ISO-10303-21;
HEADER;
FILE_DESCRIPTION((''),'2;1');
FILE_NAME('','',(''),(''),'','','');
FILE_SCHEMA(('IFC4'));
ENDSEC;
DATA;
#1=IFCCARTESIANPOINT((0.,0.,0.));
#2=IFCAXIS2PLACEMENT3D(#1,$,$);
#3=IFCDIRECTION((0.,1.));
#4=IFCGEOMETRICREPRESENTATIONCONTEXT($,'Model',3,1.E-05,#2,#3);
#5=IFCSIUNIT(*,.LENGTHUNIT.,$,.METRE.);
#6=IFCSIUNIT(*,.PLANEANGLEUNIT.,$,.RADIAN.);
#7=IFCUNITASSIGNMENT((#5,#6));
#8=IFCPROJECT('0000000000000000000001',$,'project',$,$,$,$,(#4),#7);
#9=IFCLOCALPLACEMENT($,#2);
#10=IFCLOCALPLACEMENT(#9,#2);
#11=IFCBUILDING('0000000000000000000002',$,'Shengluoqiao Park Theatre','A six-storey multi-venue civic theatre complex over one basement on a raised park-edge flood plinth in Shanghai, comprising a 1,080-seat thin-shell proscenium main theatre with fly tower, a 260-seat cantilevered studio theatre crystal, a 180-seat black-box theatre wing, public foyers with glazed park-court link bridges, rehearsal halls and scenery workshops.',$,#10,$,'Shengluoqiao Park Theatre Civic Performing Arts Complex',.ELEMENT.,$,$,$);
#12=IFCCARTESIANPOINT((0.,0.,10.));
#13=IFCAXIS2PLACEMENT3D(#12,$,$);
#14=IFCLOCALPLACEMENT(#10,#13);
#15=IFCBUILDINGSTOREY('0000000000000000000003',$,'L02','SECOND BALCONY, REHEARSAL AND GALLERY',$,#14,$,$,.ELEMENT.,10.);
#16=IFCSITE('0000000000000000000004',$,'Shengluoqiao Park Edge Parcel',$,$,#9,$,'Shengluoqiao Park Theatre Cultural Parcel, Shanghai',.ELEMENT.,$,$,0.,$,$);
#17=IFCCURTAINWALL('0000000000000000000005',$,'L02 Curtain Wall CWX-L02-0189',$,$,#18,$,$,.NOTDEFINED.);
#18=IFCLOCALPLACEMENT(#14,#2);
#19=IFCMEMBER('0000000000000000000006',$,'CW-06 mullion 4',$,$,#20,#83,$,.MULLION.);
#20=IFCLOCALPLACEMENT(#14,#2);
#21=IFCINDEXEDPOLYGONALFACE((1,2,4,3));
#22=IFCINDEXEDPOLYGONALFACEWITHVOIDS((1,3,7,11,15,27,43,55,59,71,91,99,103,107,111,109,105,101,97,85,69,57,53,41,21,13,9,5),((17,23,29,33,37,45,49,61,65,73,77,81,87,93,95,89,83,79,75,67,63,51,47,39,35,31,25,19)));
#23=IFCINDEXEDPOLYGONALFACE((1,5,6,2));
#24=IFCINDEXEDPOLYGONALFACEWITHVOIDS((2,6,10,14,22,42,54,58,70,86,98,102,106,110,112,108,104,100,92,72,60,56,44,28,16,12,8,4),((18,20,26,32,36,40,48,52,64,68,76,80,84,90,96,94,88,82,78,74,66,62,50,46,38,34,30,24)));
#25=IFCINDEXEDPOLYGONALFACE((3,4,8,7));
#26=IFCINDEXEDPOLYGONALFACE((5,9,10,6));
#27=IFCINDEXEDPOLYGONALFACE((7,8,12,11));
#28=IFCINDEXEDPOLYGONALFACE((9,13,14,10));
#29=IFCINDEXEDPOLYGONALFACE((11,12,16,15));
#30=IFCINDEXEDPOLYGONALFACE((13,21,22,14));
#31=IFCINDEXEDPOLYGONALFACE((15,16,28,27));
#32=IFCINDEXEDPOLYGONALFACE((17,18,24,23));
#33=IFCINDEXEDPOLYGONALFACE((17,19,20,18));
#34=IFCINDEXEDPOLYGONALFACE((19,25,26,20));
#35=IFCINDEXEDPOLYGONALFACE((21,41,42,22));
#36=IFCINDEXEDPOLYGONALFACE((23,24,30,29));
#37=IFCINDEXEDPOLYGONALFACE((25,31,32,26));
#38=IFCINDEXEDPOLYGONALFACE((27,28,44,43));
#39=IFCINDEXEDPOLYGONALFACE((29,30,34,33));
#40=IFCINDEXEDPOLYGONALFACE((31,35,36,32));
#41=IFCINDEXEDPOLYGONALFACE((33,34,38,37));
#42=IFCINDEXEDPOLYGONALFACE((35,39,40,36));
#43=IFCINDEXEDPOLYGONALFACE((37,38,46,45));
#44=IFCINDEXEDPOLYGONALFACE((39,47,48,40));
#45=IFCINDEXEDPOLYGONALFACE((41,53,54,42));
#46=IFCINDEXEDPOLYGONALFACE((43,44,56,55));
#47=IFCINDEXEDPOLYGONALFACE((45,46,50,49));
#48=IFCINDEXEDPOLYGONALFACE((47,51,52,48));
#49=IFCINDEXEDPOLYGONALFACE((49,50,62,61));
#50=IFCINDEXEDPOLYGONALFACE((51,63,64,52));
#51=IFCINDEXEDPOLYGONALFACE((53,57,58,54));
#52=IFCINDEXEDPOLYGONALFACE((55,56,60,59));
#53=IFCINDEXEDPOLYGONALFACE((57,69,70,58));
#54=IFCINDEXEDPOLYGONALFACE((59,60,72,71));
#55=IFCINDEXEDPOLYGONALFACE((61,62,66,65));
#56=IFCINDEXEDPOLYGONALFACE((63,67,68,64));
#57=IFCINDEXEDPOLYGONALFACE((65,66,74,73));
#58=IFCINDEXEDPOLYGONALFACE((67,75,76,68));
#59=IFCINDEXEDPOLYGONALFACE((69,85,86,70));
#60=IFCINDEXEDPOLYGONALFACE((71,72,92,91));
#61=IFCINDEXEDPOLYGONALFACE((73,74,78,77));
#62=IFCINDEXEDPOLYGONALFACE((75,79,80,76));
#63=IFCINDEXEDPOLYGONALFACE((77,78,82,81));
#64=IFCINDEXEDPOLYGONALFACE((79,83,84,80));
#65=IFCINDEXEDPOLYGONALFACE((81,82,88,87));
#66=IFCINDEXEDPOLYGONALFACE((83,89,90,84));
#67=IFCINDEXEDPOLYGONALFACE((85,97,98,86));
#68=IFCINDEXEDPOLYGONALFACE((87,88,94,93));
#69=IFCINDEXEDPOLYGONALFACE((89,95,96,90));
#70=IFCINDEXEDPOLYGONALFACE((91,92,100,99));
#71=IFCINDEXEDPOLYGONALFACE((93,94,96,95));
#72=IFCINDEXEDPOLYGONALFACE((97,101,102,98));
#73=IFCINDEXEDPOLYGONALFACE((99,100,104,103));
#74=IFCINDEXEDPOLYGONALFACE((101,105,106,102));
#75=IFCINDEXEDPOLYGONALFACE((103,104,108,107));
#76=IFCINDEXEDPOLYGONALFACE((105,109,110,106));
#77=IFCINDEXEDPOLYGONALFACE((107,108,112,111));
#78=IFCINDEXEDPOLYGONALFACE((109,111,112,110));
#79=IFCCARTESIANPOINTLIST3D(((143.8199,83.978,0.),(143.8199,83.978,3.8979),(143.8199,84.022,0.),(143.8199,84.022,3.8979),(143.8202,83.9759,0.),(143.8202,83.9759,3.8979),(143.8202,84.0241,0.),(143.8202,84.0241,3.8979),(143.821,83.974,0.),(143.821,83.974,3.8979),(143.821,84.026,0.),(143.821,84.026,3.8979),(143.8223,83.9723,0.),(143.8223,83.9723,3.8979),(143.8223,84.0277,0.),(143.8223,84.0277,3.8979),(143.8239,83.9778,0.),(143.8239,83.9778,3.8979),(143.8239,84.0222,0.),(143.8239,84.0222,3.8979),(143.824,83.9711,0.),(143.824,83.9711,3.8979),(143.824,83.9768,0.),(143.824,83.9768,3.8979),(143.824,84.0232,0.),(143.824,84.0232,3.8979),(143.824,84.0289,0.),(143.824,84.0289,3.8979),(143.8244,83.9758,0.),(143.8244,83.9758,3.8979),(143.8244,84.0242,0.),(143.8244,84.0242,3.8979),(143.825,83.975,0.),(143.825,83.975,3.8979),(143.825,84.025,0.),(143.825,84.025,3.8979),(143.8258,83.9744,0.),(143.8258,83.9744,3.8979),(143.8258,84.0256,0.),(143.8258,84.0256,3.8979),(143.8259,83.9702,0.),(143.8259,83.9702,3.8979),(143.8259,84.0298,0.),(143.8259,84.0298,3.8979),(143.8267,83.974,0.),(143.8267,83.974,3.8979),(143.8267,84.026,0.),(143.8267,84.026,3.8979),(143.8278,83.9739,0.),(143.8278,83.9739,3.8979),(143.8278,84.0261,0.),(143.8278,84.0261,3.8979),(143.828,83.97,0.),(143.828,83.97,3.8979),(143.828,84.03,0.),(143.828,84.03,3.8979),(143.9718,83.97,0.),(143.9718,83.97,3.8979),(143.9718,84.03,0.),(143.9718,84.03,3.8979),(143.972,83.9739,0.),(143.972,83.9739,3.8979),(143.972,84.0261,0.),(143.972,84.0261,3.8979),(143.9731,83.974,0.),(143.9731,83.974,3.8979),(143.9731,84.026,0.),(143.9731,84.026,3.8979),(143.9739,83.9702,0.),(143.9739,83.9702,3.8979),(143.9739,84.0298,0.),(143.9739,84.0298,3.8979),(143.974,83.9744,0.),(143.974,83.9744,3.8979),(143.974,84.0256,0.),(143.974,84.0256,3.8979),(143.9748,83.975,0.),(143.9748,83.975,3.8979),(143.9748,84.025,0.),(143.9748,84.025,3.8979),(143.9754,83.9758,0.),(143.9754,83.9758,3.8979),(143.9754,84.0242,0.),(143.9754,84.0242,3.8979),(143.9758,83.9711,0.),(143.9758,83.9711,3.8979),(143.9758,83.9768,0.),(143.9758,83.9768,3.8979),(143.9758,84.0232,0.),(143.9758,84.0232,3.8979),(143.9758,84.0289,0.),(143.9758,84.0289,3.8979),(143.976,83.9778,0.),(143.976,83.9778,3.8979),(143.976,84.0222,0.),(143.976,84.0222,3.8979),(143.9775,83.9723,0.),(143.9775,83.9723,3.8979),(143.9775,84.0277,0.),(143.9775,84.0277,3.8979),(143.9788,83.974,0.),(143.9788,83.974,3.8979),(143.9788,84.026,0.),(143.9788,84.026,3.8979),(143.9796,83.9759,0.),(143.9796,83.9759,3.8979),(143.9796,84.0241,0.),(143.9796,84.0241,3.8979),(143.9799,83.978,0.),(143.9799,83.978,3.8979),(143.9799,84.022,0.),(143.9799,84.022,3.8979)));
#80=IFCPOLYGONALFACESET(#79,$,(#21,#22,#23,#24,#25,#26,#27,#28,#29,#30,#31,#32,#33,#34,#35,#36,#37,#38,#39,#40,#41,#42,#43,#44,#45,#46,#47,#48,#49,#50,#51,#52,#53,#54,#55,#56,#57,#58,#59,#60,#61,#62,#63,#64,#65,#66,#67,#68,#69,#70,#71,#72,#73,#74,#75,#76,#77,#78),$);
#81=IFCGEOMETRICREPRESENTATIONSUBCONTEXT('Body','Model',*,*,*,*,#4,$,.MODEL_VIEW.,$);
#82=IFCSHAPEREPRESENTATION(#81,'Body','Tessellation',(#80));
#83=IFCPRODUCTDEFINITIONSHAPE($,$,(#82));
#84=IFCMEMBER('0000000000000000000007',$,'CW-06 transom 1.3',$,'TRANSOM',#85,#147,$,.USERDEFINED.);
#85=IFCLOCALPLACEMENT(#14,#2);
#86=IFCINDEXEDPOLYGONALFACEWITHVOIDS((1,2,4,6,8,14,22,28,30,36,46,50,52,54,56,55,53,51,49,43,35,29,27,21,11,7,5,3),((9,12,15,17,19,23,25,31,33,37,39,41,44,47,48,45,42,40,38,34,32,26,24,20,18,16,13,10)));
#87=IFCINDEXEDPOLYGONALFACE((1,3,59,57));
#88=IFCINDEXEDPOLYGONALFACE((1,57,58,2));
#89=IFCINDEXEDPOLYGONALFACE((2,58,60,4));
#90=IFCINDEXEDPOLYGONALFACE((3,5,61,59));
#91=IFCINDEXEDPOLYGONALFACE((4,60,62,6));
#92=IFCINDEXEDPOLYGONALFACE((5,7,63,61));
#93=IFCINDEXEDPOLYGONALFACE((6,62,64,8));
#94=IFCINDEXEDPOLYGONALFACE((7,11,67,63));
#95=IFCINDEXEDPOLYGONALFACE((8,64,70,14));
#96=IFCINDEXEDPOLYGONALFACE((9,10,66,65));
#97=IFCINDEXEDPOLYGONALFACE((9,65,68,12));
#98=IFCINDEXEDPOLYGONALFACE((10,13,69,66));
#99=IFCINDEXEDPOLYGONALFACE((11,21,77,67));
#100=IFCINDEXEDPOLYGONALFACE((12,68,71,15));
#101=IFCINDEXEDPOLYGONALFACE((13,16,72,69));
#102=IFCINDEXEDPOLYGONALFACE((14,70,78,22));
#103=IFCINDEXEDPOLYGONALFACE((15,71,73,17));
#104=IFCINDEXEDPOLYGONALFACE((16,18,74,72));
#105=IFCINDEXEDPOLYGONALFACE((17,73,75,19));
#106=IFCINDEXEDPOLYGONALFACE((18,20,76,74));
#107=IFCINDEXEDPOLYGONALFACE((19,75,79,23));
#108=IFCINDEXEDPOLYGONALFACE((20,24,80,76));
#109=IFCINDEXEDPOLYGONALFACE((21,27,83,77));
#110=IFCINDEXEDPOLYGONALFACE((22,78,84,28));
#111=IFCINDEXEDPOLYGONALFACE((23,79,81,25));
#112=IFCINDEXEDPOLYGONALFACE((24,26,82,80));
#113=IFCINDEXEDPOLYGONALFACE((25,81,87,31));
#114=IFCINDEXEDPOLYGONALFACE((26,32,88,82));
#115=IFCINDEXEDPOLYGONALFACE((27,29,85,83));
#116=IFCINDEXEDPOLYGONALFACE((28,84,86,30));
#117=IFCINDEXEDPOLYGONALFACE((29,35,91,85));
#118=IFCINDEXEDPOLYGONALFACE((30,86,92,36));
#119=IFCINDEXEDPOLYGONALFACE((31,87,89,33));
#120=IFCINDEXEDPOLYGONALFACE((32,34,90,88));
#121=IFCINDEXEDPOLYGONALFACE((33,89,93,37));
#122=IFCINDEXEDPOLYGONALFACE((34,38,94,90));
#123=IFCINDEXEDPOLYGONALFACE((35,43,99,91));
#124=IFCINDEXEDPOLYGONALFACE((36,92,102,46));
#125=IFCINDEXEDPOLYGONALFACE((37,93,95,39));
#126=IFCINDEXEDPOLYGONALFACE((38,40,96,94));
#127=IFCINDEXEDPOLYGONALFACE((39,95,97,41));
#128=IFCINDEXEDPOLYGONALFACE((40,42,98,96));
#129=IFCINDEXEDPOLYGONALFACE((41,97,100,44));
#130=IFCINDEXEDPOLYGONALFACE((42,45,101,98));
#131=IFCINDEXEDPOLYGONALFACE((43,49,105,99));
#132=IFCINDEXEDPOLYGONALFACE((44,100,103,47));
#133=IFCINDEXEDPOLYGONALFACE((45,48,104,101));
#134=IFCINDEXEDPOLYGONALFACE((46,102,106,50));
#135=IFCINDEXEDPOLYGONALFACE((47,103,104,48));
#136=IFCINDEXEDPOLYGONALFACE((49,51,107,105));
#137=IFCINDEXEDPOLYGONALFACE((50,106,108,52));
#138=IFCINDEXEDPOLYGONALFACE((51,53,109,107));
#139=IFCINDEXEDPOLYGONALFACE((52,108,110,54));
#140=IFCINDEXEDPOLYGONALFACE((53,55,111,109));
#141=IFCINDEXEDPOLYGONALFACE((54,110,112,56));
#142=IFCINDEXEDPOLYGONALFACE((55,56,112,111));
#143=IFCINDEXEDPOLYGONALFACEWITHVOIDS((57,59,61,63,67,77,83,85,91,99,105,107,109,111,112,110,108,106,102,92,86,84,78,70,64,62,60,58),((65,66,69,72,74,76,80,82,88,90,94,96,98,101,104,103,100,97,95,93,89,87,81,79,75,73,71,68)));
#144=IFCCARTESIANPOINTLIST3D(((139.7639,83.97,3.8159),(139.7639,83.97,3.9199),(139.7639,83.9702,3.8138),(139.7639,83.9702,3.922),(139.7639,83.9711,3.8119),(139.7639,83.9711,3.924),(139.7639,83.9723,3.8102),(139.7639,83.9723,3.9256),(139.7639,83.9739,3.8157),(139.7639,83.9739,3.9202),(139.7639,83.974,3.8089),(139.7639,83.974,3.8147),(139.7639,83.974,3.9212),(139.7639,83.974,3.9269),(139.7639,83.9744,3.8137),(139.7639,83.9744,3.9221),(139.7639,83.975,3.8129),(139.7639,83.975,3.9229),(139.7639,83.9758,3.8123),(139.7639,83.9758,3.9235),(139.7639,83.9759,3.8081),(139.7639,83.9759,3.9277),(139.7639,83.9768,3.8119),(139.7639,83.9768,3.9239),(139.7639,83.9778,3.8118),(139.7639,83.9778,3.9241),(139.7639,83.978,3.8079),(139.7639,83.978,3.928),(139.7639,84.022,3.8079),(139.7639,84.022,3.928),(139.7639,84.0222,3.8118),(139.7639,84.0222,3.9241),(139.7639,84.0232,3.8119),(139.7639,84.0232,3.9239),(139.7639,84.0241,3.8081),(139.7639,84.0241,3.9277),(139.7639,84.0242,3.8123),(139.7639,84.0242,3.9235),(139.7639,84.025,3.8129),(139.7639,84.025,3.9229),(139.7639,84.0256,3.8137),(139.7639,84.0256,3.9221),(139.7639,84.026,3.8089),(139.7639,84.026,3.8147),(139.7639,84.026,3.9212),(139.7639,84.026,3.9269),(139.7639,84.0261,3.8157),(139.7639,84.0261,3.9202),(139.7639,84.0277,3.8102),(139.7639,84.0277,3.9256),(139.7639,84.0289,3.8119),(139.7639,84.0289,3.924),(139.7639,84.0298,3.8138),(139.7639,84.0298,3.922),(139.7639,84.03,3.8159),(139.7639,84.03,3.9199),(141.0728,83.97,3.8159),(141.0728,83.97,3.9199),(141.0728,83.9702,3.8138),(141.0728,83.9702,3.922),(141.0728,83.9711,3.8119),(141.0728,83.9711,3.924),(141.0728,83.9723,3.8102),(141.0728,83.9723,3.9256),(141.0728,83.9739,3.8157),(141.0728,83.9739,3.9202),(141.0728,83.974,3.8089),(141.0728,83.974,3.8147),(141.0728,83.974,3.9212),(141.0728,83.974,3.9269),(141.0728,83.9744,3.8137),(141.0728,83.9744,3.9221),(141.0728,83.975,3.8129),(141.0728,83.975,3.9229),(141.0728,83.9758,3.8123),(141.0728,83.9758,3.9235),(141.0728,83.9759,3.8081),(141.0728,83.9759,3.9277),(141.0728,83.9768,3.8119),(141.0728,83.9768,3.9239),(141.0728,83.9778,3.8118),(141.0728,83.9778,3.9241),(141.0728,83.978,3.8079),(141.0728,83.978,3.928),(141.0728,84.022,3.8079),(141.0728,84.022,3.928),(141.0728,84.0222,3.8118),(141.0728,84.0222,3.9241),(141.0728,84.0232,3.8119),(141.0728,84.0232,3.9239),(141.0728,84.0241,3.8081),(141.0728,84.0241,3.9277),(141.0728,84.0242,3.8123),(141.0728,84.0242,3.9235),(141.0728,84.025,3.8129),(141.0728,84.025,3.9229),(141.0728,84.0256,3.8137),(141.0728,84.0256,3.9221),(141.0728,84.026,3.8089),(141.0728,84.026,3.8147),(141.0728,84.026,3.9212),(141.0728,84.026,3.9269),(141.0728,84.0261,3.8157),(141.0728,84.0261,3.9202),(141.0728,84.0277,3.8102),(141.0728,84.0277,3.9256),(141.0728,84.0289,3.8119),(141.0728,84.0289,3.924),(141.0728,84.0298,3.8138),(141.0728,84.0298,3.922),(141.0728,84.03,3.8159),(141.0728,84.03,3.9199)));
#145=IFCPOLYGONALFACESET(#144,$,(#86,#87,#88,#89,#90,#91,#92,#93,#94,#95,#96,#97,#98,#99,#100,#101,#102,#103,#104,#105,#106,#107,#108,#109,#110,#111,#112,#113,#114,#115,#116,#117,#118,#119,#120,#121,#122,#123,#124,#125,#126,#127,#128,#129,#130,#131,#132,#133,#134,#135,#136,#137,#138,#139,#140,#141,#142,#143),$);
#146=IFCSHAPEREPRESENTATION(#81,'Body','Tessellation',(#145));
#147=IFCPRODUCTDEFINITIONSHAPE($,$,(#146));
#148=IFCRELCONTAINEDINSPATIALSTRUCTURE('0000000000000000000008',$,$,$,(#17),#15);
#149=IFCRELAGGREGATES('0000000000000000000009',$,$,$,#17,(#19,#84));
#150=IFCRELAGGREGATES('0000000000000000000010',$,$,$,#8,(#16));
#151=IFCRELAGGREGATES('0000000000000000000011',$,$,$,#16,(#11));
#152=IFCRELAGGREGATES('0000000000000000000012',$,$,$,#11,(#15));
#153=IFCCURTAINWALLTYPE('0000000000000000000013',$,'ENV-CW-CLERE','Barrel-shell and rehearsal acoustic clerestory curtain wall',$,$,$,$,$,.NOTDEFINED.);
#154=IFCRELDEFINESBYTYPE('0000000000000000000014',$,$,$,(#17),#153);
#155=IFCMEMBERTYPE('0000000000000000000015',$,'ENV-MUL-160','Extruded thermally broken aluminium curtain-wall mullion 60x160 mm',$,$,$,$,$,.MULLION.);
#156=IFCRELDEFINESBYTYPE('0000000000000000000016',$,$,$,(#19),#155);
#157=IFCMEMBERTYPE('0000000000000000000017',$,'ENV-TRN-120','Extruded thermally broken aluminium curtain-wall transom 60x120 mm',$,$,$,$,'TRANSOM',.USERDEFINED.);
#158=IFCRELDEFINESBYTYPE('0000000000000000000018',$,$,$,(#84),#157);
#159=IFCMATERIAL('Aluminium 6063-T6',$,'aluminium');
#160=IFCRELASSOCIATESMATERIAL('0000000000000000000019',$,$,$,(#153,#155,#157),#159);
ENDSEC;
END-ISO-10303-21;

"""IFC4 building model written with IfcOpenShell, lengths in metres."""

from ifc_helpers import new_model, si_unit, direction, frame, origin, origin_2d, place, context, subcontext, project, spatial, hollow_rectangle, extrude, material, material_profile, profile_set, type_object, element, aggregate, save


model = new_model("IFC4")

# Units and contexts
model_context = context("Model", 3, precision=1e-05, world=origin(), true_north=direction((0.0, 1.0)))
body_context = subcontext(model_context, "Body", "Model", "MODEL_VIEW")
ifc_project = project(units=[si_unit("LENGTHUNIT", "METRE"), si_unit("PLANEANGLEUNIT", "RADIAN")], contexts=[model_context])

# Site, building, storey
site_placement = place(None, origin())
site = spatial("IfcSite", under=ifc_project, at=site_placement, Name="Shengluoqiao Park Edge Parcel", LongName="Shengluoqiao Park Theatre Cultural Parcel, Shanghai", CompositionType="ELEMENT", RefElevation=0.0)
building_placement = place(site_placement, origin())
building = spatial("IfcBuilding", under=site, at=building_placement, Name="Shengluoqiao Park Theatre", Description="A six-storey multi-venue civic theatre complex over one basement on a raised park-edge flood plinth in Shanghai, comprising a 1,080-seat thin-shell proscenium main theatre with fly tower, a 260-seat cantilevered studio theatre crystal, a 180-seat black-box theatre wing, public foyers with glazed park-court link bridges, rehearsal halls and scenery workshops.", LongName="Shengluoqiao Park Theatre Civic Performing Arts Complex", CompositionType="ELEMENT")
storey_placement = place(building_placement, frame((0.0, 0.0, 10.0)))
storey = spatial("IfcBuildingStorey", under=building, at=storey_placement, Name="L02", Description="SECOND BALCONY, REHEARSAL AND GALLERY", CompositionType="ELEMENT", Elevation=10.0)

# Curtain wall, members
ifc_material_1 = material(Name="Aluminium 6063-T6", Category="aluminium")
curtain_wall_type = type_object("IfcCurtainWallType", Name="ENV-CW-CLERE", Description="Barrel-shell and rehearsal acoustic clerestory curtain wall", PredefinedType="NOTDEFINED", material=ifc_material_1)
curtain_wall_placement = place(storey_placement, origin())
curtain_wall = element("IfcCurtainWall", 1, at=curtain_wall_placement, inside=storey, type_object=curtain_wall_type, Name="L02 Curtain Wall CWX-L02-0189", PredefinedType="NOTDEFINED")
ifc_material_profile_1 = material_profile(ifc_material_1, hollow_rectangle(XDim=0.0601, YDim=0.1599, WallThickness=0.0039, InnerFilletRadius=0.0039, OuterFilletRadius=0.0081, at=origin_2d()), Name="ALU MULLION 160x60x4")
ifc_profile_set_1 = profile_set([ifc_material_profile_1], Name="Aluminium 6063-T6")
member_type_1 = type_object("IfcMemberType", Name="ENV-MUL-160", Description="Extruded thermally broken aluminium curtain-wall mullion 60x160 mm", PredefinedType="MULLION", material=ifc_profile_set_1)
member_1_placement = place(storey_placement, frame((143.8999, 84.0, 0.0), z_axis=(0.0, 0.0, 1.0), x_axis=(0.0, 1.0, 0.0)))
member_1 = element("IfcMember", 2, at=member_1_placement, type_object=member_type_1, Name="CW-06 mullion 4", PredefinedType="MULLION", context=body_context, shape_type="SweptSolid", body=[
    extrude(hollow_rectangle(XDim=0.0601, YDim=0.1599, WallThickness=0.0039, InnerFilletRadius=0.0039, OuterFilletRadius=0.0081, at=origin_2d()), origin(), (0.0, 0.0, 1.0), 3.8979),
])
ifc_material_profile_2 = material_profile(ifc_material_1, hollow_rectangle(XDim=0.0601, YDim=0.1201, WallThickness=0.0039, InnerFilletRadius=0.0039, OuterFilletRadius=0.0081, at=origin_2d()), Name="ALU TRANSOM 120x60x4")
ifc_profile_set_2 = profile_set([ifc_material_profile_2], Name="Aluminium 6063-T6")
member_type_2 = type_object("IfcMemberType", Name="ENV-TRN-120", Description="Extruded thermally broken aluminium curtain-wall transom 60x120 mm", ElementType="TRANSOM", PredefinedType="USERDEFINED", material=ifc_profile_set_2)
member_2_placement = place(storey_placement, frame((139.7639, 84.0, 3.8679), z_axis=(1.0, 0.0, 0.0), x_axis=(0.0, 1.0, 0.0)))
member_2 = element("IfcMember", 3, at=member_2_placement, type_object=member_type_2, Name="CW-06 transom 1.3", ObjectType="TRANSOM", PredefinedType="USERDEFINED", context=body_context, shape_type="SweptSolid", body=[
    extrude(hollow_rectangle(XDim=0.0601, YDim=0.1201, WallThickness=0.0039, InnerFilletRadius=0.0039, OuterFilletRadius=0.0081, at=origin_2d()), origin(), (0.0, 0.0, 1.0), 1.3088),
])
aggregate(curtain_wall, [member_1, member_2])

save(model, "model.ifc")
